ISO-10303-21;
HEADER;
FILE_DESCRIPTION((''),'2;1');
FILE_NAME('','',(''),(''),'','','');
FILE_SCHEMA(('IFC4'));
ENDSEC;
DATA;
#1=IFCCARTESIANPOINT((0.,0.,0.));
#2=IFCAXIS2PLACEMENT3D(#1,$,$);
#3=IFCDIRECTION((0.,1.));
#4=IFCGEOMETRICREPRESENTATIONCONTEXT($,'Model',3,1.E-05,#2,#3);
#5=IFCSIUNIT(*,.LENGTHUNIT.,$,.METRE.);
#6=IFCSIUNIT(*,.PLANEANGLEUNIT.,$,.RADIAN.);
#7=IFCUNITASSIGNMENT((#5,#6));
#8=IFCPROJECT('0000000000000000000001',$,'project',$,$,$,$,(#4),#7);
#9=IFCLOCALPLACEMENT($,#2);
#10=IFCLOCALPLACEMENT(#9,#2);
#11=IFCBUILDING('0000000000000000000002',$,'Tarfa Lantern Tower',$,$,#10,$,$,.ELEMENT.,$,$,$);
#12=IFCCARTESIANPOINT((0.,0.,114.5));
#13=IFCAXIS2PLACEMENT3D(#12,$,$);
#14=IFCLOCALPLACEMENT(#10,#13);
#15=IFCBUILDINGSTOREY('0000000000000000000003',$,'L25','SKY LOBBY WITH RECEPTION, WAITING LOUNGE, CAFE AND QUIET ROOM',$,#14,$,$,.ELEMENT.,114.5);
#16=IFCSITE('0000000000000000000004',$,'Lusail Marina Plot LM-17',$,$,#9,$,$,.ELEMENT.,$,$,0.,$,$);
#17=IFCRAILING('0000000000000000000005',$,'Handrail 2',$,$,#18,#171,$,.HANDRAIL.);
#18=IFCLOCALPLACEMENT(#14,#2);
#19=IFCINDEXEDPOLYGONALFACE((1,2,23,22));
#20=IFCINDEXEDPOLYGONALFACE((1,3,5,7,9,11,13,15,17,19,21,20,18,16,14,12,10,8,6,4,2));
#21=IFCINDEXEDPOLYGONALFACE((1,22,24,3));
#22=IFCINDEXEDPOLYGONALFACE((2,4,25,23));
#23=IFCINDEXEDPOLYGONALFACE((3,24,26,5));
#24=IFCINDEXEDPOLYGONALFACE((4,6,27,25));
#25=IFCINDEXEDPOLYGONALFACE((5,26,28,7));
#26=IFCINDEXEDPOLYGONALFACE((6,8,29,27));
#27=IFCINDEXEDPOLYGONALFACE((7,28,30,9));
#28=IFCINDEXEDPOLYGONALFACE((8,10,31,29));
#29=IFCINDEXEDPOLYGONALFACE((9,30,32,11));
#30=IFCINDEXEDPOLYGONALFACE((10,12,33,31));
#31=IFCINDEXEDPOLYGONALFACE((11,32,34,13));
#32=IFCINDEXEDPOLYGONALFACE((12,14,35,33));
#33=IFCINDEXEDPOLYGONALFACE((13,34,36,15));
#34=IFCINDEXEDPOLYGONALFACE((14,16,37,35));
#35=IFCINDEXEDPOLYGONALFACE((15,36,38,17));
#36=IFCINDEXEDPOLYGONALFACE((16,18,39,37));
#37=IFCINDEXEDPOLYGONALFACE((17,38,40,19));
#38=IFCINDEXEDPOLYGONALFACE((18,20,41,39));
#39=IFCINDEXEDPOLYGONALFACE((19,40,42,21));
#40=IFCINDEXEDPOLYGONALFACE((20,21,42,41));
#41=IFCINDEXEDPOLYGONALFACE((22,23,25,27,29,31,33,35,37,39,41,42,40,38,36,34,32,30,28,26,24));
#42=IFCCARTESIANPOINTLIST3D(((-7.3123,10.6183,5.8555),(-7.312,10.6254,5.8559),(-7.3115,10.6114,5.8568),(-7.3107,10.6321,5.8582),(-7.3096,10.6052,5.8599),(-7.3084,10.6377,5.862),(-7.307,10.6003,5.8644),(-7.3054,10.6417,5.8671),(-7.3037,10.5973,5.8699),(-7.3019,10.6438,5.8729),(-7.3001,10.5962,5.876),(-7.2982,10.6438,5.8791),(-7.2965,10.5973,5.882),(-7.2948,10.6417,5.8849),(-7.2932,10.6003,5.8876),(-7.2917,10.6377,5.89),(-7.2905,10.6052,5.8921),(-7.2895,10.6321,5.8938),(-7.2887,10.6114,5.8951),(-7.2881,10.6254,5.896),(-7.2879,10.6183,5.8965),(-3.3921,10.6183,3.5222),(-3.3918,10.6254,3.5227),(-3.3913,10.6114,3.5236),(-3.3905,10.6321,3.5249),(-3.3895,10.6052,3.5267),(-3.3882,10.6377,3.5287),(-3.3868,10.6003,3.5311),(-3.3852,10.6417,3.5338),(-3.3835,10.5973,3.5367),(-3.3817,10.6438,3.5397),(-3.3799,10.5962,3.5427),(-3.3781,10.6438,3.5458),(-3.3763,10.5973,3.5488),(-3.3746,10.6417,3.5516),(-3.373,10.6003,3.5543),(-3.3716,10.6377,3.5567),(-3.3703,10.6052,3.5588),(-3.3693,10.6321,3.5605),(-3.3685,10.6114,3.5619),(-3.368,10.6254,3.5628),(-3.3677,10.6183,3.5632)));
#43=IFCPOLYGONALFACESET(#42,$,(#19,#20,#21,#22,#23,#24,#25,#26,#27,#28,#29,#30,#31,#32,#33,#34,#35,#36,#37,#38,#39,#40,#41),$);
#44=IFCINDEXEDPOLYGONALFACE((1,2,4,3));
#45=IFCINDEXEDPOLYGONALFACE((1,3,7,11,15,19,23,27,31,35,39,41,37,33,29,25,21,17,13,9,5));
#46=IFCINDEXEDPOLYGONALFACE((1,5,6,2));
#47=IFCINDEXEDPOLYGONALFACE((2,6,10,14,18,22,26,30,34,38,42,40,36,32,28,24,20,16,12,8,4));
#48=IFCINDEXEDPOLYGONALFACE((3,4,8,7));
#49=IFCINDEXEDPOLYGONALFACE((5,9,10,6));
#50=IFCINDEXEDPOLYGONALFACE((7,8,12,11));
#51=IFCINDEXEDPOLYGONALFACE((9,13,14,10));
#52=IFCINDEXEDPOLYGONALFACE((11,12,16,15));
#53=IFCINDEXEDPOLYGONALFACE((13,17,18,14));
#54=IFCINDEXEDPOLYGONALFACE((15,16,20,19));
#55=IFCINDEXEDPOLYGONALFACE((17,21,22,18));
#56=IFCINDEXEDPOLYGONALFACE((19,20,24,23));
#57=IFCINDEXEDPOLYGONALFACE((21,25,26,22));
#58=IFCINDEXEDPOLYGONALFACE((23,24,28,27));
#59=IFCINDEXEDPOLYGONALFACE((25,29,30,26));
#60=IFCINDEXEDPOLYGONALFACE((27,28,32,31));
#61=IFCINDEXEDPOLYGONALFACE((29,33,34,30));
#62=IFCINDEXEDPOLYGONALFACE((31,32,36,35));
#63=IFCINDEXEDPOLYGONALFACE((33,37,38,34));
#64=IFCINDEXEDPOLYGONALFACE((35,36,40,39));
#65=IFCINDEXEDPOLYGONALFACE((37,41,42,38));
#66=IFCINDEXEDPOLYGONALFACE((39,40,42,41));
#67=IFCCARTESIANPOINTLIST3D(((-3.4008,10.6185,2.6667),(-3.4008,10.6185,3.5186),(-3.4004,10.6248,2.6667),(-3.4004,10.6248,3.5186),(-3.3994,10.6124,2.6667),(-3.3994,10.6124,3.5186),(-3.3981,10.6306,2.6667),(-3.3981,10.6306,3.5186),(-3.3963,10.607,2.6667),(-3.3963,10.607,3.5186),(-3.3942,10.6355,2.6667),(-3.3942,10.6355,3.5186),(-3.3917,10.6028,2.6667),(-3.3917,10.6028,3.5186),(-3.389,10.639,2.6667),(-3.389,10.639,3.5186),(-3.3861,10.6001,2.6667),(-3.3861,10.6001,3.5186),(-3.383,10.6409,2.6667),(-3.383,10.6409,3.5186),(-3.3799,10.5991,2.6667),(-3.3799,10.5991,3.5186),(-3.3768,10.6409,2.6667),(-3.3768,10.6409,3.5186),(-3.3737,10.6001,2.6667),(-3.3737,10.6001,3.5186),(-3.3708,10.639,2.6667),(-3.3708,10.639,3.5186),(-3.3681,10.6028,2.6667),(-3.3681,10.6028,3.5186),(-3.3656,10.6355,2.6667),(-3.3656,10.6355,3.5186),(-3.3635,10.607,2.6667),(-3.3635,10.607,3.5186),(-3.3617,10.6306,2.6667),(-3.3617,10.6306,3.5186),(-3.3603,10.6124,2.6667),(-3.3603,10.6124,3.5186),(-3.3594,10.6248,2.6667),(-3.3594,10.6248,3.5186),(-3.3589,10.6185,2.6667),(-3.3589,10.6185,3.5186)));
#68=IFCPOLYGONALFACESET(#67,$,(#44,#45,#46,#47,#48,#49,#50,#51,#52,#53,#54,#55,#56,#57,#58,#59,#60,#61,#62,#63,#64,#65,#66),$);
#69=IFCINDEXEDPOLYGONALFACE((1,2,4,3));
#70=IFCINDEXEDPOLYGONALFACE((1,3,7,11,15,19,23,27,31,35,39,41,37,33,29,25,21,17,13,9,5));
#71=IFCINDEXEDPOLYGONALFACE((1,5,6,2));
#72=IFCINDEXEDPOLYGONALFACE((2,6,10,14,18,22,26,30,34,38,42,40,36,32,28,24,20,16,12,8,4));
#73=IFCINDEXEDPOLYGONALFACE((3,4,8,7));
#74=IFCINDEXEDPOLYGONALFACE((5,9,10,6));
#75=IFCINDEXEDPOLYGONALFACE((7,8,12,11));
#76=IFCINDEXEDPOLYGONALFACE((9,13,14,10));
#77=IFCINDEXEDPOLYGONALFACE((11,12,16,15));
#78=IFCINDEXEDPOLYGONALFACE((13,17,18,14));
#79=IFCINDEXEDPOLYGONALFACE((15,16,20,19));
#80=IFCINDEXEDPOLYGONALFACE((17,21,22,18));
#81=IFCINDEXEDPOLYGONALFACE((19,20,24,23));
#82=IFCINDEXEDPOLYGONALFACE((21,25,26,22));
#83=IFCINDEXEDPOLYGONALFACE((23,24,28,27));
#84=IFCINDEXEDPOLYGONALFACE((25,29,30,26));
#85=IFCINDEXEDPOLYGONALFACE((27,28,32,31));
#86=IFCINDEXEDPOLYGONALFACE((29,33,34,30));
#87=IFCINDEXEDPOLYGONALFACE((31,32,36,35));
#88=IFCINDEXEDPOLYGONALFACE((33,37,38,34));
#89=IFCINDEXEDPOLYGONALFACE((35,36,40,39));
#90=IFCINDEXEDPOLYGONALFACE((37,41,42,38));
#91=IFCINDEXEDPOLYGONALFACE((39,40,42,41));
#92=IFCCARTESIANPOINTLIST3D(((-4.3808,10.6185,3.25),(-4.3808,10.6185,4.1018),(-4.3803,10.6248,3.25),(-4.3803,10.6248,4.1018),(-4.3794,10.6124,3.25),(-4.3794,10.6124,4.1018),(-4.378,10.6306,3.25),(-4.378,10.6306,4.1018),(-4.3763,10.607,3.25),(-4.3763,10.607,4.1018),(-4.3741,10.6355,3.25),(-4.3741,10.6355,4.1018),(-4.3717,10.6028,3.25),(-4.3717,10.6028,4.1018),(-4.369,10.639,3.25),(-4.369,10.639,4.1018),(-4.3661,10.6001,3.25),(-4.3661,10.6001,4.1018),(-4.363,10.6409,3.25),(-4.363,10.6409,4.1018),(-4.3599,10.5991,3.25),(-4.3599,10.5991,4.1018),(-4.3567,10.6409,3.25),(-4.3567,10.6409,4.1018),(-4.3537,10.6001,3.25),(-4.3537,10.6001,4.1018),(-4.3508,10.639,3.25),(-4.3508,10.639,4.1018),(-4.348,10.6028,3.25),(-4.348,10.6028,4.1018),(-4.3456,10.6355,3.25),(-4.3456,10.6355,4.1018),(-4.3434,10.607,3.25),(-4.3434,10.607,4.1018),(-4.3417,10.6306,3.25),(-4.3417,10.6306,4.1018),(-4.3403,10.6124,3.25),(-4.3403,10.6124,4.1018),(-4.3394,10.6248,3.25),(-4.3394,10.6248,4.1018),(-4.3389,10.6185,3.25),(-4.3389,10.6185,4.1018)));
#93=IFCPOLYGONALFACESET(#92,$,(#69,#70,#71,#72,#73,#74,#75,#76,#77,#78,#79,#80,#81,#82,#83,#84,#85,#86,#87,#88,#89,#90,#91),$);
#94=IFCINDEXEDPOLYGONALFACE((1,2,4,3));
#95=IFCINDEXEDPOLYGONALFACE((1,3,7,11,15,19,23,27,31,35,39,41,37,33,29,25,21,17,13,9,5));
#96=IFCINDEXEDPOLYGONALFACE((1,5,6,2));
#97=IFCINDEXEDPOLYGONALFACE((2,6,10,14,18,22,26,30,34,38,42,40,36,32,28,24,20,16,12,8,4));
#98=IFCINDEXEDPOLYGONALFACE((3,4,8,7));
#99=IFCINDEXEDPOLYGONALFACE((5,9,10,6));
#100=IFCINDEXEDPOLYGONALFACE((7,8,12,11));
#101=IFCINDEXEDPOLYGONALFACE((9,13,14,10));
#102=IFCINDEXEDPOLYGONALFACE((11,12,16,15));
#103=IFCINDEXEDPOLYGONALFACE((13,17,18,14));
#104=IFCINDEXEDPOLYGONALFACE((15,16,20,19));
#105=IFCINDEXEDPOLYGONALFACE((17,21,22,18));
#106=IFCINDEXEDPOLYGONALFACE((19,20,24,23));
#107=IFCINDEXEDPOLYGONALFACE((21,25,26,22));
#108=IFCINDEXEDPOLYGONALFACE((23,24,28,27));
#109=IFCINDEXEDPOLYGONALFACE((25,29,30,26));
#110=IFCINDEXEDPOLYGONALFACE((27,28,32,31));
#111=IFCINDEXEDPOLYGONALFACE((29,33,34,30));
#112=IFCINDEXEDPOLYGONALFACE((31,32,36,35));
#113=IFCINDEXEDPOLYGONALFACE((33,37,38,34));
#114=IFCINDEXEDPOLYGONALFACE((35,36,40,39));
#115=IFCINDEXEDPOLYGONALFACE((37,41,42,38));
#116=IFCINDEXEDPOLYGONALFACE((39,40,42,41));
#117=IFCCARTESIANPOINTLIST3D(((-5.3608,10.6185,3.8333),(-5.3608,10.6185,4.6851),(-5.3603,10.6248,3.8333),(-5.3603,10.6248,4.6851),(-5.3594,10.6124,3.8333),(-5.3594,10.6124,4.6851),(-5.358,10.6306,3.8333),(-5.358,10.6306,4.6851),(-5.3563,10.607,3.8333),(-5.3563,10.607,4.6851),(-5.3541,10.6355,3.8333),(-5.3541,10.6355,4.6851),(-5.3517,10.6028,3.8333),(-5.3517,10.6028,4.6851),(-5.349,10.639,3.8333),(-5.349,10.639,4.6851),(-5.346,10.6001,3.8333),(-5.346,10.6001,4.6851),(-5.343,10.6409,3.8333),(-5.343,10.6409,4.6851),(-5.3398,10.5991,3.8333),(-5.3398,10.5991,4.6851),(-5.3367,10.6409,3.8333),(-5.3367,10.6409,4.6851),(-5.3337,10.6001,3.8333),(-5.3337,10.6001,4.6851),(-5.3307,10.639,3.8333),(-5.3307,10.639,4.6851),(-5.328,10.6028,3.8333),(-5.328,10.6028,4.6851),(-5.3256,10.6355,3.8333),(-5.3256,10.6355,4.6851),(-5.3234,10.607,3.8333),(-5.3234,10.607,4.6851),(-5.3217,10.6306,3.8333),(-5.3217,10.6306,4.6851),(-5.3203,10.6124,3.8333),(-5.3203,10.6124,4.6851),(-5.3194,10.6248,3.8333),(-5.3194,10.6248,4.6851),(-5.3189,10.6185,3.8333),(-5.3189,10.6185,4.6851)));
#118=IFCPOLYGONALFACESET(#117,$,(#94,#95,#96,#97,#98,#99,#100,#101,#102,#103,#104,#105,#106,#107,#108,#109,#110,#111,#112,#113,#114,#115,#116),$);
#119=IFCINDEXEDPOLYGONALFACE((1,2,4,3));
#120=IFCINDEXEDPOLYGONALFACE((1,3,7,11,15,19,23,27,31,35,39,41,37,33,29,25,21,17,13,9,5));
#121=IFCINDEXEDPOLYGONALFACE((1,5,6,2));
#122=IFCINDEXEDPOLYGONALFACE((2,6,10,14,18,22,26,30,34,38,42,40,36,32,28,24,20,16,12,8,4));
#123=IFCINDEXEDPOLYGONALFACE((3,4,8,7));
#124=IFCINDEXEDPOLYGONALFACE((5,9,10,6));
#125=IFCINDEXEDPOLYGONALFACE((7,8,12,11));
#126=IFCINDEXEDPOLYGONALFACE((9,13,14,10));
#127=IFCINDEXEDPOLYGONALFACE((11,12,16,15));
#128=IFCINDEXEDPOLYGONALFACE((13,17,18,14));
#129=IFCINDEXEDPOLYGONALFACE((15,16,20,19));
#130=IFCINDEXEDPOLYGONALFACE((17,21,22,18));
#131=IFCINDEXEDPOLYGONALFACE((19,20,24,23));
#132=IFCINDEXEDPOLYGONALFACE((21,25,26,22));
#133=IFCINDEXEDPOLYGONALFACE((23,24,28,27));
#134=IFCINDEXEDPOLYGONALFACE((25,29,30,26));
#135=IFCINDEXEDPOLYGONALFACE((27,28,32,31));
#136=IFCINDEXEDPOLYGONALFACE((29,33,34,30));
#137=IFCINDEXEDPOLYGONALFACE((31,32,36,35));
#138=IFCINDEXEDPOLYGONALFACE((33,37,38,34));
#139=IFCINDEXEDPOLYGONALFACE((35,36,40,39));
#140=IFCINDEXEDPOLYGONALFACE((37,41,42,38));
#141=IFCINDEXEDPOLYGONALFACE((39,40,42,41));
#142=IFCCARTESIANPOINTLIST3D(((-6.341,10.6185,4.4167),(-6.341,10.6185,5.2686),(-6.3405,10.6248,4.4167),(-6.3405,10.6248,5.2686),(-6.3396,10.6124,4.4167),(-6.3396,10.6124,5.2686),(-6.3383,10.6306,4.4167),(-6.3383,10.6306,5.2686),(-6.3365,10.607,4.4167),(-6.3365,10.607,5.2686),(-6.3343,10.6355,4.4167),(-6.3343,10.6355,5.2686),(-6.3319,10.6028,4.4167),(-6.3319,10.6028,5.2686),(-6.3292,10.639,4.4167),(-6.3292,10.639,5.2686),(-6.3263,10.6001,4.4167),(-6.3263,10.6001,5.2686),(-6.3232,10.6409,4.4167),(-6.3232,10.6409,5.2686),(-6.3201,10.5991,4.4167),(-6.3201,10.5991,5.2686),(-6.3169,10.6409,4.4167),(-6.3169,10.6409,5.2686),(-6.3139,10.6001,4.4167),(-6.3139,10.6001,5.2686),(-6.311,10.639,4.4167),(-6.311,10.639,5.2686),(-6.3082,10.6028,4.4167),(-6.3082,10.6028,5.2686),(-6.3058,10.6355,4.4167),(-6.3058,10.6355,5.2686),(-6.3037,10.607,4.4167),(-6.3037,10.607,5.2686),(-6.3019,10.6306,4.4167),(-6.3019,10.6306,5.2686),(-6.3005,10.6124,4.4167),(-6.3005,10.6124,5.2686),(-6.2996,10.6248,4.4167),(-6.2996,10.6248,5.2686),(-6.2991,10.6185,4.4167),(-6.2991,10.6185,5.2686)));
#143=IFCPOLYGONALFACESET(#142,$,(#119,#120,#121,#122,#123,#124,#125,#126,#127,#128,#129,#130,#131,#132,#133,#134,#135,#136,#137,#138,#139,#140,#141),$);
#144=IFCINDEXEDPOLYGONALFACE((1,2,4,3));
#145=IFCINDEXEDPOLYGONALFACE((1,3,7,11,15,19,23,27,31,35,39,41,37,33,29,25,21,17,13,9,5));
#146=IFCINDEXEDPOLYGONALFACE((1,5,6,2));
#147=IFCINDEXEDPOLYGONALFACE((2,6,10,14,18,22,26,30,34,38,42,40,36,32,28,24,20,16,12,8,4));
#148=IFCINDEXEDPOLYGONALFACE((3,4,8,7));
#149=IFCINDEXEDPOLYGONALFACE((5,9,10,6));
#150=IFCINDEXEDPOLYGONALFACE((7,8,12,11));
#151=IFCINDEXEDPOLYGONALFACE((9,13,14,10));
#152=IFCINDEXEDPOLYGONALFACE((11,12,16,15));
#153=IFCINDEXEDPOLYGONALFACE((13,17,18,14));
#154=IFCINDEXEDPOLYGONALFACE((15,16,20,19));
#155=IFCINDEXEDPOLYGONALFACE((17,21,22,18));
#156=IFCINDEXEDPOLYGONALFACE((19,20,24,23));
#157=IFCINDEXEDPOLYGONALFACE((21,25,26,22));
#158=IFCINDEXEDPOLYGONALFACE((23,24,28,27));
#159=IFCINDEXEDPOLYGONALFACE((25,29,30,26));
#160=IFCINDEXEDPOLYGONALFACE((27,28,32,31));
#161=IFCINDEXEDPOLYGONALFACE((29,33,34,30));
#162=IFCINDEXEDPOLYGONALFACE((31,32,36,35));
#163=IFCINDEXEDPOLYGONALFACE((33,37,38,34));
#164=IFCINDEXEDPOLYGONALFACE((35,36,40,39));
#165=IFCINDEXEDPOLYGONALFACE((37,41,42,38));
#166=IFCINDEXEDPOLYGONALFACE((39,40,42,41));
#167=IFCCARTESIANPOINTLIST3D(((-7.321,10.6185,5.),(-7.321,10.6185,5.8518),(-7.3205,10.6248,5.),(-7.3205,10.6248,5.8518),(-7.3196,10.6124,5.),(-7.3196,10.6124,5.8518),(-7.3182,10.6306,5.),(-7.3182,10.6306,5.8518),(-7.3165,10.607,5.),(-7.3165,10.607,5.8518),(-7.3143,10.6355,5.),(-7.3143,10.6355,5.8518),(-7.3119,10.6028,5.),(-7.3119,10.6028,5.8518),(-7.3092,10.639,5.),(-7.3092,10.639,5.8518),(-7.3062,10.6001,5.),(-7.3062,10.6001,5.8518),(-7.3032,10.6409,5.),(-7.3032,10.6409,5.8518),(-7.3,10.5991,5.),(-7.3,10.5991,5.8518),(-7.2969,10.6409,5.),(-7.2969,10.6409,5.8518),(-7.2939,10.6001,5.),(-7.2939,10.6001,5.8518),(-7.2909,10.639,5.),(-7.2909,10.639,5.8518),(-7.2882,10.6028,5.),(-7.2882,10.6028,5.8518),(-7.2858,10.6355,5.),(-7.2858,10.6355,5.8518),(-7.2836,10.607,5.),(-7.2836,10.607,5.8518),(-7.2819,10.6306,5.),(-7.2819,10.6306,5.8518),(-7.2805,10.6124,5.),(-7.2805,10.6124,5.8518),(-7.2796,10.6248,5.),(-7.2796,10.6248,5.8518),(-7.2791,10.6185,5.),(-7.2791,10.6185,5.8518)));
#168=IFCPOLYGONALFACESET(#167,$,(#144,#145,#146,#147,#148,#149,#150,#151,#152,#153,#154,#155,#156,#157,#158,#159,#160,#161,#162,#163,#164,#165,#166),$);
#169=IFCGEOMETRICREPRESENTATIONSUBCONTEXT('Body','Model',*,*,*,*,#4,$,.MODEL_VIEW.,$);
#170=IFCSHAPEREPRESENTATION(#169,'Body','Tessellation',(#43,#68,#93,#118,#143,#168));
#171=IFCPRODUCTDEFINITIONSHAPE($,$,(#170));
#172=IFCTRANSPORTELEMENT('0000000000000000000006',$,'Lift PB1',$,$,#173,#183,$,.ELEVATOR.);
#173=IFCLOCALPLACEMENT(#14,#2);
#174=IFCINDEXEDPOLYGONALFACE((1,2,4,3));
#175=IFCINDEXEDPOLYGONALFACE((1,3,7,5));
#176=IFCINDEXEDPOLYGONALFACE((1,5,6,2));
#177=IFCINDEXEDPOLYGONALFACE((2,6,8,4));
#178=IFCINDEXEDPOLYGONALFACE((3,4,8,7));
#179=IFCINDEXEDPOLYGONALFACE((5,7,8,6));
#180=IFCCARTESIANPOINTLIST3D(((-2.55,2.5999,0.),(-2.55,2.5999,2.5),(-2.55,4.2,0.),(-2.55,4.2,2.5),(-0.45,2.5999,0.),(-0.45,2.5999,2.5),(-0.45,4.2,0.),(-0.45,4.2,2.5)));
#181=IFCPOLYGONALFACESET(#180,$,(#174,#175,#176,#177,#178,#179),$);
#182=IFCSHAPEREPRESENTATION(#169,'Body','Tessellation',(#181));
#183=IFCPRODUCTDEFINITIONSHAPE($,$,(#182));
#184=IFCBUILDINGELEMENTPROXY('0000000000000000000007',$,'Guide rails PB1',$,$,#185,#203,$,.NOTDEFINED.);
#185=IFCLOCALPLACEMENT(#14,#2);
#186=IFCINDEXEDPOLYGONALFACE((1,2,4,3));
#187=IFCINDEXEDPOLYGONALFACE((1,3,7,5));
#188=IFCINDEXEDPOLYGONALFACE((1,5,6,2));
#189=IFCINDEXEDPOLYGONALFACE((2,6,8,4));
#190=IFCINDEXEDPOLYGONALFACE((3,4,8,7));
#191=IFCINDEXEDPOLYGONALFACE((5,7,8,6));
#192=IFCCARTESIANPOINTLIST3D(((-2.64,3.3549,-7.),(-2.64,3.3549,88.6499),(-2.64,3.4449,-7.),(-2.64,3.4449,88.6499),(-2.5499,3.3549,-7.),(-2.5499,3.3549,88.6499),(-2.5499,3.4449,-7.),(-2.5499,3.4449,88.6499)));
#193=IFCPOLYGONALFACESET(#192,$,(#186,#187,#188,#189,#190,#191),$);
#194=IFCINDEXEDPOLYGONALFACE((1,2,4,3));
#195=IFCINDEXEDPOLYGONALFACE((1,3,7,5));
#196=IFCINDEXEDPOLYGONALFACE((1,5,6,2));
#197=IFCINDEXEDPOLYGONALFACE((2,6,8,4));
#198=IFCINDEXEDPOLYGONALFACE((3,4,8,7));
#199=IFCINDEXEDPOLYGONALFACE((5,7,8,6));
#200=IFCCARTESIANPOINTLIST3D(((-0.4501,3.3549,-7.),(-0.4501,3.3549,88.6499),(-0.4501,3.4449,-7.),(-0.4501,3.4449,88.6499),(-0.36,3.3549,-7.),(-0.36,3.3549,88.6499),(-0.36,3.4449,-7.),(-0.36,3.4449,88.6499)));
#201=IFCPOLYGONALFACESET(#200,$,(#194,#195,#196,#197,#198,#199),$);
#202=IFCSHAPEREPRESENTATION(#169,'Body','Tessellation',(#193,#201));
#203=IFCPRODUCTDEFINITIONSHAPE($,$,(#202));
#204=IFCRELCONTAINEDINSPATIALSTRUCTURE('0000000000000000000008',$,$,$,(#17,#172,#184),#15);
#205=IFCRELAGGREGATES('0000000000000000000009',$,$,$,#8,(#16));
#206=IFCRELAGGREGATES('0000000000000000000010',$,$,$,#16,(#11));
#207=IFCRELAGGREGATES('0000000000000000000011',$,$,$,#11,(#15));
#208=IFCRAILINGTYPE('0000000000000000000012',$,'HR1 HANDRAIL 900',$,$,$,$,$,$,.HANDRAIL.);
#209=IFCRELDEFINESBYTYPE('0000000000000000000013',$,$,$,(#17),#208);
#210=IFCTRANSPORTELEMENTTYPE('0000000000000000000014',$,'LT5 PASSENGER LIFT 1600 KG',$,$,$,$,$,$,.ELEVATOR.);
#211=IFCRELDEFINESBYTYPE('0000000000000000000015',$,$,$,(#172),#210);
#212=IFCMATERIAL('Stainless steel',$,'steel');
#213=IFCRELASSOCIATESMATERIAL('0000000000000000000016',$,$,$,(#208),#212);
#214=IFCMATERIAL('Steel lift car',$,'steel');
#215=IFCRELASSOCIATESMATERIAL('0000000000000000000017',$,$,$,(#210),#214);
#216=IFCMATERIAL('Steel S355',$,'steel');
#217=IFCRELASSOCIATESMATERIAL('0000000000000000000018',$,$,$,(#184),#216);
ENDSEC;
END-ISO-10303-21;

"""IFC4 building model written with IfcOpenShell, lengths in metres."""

from ifc_helpers import new_model, si_unit, direction, frame, frame_2d, origin, origin_2d, place, context, subcontext, project, spatial, rectangle, circle, extrude, material, type_object, element, save


model = new_model("IFC4")

# Units and contexts
model_context = context("Model", 3, precision=1e-05, world=origin(), true_north=direction((0.0, 1.0)))
body_context = subcontext(model_context, "Body", "Model", "MODEL_VIEW")
ifc_project = project(units=[si_unit("LENGTHUNIT", "METRE"), si_unit("PLANEANGLEUNIT", "RADIAN")], contexts=[model_context])

# Site, building, storey
site_placement = place(None, origin())
site = spatial("IfcSite", under=ifc_project, at=site_placement, Name="Lusail Marina Plot LM-17", CompositionType="ELEMENT", RefElevation=0.0)
building_placement = place(site_placement, origin())
building = spatial("IfcBuilding", under=site, at=building_placement, Name="Tarfa Lantern Tower", CompositionType="ELEMENT")
storey_placement = place(building_placement, frame((0.0, 0.0, 114.5)))
storey = spatial("IfcBuildingStorey", under=building, at=storey_placement, Name="L25", Description="SKY LOBBY WITH RECEPTION, WAITING LOUNGE, CAFE AND QUIET ROOM", CompositionType="ELEMENT", Elevation=114.5)

# Railing
ifc_material_1 = material(Name="Stainless steel", Category="steel")
railing_type = type_object("IfcRailingType", Name="HR1 HANDRAIL 900", PredefinedType="HANDRAIL", material=ifc_material_1)
railing_1_placement = place(storey_placement, frame((-3.3799, 10.6201, 2.6667)))
element("IfcRailing", 1, at=railing_1_placement, inside=storey, type_object=railing_type, Name="Handrail 2", PredefinedType="HANDRAIL", context=body_context, shape_type="SweptSolid", body=[
    extrude(circle(Radius=0.0239, at=origin_2d()), frame((0.0, 0.0, 0.876), z_axis=(-0.85931, 0.0, 0.511455), x_axis=(0.0, -1.0, 0.0)), (0.0, 0.0, 1.0), 4.562),
    extrude(circle(Radius=0.021, at=origin_2d()), frame((0.0, 0.0, 0.0), z_axis=(0.0, 0.0, 1.0), x_axis=(0.0, -1.0, 0.0)), (0.0, 0.0, 1.0), 0.8518),
    extrude(circle(Radius=0.021, at=origin_2d()), frame((-0.98, 0.0, 0.5833), z_axis=(0.0, 0.0, 1.0), x_axis=(0.0, -1.0, 0.0)), (0.0, 0.0, 1.0), 0.8518),
    extrude(circle(Radius=0.021, at=origin_2d()), frame((-1.96, 0.0, 1.1665), z_axis=(0.0, 0.0, 1.0), x_axis=(0.0, -1.0, 0.0)), (0.0, 0.0, 1.0), 0.8518),
    extrude(circle(Radius=0.021, at=origin_2d()), frame((-2.9402, 0.0, 1.75), z_axis=(0.0, 0.0, 1.0), x_axis=(0.0, -1.0, 0.0)), (0.0, 0.0, 1.0), 0.8518),
    extrude(circle(Radius=0.021, at=origin_2d()), frame((-3.9202, 0.0, 2.3333), z_axis=(0.0, 0.0, 1.0), x_axis=(0.0, -1.0, 0.0)), (0.0, 0.0, 1.0), 0.8518),
])

# Transport element
ifc_material_2 = material(Name="Steel lift car", Category="steel")
transport_element_type = type_object("IfcTransportElementType", Name="LT5 PASSENGER LIFT 1600 KG", PredefinedType="ELEVATOR", material=ifc_material_2)
transport_element_placement = place(storey_placement, frame((-1.5, 3.3999, 0.0), z_axis=(0.0, 0.0, 1.0), x_axis=(1.0, 0.0, 0.0)))
element("IfcTransportElement", 2, at=transport_element_placement, inside=storey, type_object=transport_element_type, Name="Lift PB1", PredefinedType="ELEVATOR", context=body_context, shape_type="SweptSolid", body=[
    extrude(rectangle(XDim=2.1001, YDim=1.6001, at=origin_2d()), origin(), (0.0, 0.0, 1.0), 2.5),
])

# Building element proxy
ifc_material_3 = material(Name="Steel S355", Category="steel")
proxy_placement = place(storey_placement, frame((-2.595, 3.3999, -7.0), z_axis=(0.0, 0.0, 1.0), x_axis=(1.0, 0.0, 0.0)))
element("IfcBuildingElementProxy", 3, at=proxy_placement, inside=storey, material=ifc_material_3, Name="Guide rails PB1", PredefinedType="NOTDEFINED", context=body_context, shape_type="SweptSolid", body=[
    extrude(rectangle(XDim=0.0901, YDim=0.0901, at=origin_2d()), origin(), (0.0, 0.0, 1.0), 95.6499),
    extrude(rectangle(XDim=0.0901, YDim=0.0901, at=frame_2d((2.1899, 0.0))), origin(), (0.0, 0.0, 1.0), 95.6499),
])

save(model, "model.ifc")
